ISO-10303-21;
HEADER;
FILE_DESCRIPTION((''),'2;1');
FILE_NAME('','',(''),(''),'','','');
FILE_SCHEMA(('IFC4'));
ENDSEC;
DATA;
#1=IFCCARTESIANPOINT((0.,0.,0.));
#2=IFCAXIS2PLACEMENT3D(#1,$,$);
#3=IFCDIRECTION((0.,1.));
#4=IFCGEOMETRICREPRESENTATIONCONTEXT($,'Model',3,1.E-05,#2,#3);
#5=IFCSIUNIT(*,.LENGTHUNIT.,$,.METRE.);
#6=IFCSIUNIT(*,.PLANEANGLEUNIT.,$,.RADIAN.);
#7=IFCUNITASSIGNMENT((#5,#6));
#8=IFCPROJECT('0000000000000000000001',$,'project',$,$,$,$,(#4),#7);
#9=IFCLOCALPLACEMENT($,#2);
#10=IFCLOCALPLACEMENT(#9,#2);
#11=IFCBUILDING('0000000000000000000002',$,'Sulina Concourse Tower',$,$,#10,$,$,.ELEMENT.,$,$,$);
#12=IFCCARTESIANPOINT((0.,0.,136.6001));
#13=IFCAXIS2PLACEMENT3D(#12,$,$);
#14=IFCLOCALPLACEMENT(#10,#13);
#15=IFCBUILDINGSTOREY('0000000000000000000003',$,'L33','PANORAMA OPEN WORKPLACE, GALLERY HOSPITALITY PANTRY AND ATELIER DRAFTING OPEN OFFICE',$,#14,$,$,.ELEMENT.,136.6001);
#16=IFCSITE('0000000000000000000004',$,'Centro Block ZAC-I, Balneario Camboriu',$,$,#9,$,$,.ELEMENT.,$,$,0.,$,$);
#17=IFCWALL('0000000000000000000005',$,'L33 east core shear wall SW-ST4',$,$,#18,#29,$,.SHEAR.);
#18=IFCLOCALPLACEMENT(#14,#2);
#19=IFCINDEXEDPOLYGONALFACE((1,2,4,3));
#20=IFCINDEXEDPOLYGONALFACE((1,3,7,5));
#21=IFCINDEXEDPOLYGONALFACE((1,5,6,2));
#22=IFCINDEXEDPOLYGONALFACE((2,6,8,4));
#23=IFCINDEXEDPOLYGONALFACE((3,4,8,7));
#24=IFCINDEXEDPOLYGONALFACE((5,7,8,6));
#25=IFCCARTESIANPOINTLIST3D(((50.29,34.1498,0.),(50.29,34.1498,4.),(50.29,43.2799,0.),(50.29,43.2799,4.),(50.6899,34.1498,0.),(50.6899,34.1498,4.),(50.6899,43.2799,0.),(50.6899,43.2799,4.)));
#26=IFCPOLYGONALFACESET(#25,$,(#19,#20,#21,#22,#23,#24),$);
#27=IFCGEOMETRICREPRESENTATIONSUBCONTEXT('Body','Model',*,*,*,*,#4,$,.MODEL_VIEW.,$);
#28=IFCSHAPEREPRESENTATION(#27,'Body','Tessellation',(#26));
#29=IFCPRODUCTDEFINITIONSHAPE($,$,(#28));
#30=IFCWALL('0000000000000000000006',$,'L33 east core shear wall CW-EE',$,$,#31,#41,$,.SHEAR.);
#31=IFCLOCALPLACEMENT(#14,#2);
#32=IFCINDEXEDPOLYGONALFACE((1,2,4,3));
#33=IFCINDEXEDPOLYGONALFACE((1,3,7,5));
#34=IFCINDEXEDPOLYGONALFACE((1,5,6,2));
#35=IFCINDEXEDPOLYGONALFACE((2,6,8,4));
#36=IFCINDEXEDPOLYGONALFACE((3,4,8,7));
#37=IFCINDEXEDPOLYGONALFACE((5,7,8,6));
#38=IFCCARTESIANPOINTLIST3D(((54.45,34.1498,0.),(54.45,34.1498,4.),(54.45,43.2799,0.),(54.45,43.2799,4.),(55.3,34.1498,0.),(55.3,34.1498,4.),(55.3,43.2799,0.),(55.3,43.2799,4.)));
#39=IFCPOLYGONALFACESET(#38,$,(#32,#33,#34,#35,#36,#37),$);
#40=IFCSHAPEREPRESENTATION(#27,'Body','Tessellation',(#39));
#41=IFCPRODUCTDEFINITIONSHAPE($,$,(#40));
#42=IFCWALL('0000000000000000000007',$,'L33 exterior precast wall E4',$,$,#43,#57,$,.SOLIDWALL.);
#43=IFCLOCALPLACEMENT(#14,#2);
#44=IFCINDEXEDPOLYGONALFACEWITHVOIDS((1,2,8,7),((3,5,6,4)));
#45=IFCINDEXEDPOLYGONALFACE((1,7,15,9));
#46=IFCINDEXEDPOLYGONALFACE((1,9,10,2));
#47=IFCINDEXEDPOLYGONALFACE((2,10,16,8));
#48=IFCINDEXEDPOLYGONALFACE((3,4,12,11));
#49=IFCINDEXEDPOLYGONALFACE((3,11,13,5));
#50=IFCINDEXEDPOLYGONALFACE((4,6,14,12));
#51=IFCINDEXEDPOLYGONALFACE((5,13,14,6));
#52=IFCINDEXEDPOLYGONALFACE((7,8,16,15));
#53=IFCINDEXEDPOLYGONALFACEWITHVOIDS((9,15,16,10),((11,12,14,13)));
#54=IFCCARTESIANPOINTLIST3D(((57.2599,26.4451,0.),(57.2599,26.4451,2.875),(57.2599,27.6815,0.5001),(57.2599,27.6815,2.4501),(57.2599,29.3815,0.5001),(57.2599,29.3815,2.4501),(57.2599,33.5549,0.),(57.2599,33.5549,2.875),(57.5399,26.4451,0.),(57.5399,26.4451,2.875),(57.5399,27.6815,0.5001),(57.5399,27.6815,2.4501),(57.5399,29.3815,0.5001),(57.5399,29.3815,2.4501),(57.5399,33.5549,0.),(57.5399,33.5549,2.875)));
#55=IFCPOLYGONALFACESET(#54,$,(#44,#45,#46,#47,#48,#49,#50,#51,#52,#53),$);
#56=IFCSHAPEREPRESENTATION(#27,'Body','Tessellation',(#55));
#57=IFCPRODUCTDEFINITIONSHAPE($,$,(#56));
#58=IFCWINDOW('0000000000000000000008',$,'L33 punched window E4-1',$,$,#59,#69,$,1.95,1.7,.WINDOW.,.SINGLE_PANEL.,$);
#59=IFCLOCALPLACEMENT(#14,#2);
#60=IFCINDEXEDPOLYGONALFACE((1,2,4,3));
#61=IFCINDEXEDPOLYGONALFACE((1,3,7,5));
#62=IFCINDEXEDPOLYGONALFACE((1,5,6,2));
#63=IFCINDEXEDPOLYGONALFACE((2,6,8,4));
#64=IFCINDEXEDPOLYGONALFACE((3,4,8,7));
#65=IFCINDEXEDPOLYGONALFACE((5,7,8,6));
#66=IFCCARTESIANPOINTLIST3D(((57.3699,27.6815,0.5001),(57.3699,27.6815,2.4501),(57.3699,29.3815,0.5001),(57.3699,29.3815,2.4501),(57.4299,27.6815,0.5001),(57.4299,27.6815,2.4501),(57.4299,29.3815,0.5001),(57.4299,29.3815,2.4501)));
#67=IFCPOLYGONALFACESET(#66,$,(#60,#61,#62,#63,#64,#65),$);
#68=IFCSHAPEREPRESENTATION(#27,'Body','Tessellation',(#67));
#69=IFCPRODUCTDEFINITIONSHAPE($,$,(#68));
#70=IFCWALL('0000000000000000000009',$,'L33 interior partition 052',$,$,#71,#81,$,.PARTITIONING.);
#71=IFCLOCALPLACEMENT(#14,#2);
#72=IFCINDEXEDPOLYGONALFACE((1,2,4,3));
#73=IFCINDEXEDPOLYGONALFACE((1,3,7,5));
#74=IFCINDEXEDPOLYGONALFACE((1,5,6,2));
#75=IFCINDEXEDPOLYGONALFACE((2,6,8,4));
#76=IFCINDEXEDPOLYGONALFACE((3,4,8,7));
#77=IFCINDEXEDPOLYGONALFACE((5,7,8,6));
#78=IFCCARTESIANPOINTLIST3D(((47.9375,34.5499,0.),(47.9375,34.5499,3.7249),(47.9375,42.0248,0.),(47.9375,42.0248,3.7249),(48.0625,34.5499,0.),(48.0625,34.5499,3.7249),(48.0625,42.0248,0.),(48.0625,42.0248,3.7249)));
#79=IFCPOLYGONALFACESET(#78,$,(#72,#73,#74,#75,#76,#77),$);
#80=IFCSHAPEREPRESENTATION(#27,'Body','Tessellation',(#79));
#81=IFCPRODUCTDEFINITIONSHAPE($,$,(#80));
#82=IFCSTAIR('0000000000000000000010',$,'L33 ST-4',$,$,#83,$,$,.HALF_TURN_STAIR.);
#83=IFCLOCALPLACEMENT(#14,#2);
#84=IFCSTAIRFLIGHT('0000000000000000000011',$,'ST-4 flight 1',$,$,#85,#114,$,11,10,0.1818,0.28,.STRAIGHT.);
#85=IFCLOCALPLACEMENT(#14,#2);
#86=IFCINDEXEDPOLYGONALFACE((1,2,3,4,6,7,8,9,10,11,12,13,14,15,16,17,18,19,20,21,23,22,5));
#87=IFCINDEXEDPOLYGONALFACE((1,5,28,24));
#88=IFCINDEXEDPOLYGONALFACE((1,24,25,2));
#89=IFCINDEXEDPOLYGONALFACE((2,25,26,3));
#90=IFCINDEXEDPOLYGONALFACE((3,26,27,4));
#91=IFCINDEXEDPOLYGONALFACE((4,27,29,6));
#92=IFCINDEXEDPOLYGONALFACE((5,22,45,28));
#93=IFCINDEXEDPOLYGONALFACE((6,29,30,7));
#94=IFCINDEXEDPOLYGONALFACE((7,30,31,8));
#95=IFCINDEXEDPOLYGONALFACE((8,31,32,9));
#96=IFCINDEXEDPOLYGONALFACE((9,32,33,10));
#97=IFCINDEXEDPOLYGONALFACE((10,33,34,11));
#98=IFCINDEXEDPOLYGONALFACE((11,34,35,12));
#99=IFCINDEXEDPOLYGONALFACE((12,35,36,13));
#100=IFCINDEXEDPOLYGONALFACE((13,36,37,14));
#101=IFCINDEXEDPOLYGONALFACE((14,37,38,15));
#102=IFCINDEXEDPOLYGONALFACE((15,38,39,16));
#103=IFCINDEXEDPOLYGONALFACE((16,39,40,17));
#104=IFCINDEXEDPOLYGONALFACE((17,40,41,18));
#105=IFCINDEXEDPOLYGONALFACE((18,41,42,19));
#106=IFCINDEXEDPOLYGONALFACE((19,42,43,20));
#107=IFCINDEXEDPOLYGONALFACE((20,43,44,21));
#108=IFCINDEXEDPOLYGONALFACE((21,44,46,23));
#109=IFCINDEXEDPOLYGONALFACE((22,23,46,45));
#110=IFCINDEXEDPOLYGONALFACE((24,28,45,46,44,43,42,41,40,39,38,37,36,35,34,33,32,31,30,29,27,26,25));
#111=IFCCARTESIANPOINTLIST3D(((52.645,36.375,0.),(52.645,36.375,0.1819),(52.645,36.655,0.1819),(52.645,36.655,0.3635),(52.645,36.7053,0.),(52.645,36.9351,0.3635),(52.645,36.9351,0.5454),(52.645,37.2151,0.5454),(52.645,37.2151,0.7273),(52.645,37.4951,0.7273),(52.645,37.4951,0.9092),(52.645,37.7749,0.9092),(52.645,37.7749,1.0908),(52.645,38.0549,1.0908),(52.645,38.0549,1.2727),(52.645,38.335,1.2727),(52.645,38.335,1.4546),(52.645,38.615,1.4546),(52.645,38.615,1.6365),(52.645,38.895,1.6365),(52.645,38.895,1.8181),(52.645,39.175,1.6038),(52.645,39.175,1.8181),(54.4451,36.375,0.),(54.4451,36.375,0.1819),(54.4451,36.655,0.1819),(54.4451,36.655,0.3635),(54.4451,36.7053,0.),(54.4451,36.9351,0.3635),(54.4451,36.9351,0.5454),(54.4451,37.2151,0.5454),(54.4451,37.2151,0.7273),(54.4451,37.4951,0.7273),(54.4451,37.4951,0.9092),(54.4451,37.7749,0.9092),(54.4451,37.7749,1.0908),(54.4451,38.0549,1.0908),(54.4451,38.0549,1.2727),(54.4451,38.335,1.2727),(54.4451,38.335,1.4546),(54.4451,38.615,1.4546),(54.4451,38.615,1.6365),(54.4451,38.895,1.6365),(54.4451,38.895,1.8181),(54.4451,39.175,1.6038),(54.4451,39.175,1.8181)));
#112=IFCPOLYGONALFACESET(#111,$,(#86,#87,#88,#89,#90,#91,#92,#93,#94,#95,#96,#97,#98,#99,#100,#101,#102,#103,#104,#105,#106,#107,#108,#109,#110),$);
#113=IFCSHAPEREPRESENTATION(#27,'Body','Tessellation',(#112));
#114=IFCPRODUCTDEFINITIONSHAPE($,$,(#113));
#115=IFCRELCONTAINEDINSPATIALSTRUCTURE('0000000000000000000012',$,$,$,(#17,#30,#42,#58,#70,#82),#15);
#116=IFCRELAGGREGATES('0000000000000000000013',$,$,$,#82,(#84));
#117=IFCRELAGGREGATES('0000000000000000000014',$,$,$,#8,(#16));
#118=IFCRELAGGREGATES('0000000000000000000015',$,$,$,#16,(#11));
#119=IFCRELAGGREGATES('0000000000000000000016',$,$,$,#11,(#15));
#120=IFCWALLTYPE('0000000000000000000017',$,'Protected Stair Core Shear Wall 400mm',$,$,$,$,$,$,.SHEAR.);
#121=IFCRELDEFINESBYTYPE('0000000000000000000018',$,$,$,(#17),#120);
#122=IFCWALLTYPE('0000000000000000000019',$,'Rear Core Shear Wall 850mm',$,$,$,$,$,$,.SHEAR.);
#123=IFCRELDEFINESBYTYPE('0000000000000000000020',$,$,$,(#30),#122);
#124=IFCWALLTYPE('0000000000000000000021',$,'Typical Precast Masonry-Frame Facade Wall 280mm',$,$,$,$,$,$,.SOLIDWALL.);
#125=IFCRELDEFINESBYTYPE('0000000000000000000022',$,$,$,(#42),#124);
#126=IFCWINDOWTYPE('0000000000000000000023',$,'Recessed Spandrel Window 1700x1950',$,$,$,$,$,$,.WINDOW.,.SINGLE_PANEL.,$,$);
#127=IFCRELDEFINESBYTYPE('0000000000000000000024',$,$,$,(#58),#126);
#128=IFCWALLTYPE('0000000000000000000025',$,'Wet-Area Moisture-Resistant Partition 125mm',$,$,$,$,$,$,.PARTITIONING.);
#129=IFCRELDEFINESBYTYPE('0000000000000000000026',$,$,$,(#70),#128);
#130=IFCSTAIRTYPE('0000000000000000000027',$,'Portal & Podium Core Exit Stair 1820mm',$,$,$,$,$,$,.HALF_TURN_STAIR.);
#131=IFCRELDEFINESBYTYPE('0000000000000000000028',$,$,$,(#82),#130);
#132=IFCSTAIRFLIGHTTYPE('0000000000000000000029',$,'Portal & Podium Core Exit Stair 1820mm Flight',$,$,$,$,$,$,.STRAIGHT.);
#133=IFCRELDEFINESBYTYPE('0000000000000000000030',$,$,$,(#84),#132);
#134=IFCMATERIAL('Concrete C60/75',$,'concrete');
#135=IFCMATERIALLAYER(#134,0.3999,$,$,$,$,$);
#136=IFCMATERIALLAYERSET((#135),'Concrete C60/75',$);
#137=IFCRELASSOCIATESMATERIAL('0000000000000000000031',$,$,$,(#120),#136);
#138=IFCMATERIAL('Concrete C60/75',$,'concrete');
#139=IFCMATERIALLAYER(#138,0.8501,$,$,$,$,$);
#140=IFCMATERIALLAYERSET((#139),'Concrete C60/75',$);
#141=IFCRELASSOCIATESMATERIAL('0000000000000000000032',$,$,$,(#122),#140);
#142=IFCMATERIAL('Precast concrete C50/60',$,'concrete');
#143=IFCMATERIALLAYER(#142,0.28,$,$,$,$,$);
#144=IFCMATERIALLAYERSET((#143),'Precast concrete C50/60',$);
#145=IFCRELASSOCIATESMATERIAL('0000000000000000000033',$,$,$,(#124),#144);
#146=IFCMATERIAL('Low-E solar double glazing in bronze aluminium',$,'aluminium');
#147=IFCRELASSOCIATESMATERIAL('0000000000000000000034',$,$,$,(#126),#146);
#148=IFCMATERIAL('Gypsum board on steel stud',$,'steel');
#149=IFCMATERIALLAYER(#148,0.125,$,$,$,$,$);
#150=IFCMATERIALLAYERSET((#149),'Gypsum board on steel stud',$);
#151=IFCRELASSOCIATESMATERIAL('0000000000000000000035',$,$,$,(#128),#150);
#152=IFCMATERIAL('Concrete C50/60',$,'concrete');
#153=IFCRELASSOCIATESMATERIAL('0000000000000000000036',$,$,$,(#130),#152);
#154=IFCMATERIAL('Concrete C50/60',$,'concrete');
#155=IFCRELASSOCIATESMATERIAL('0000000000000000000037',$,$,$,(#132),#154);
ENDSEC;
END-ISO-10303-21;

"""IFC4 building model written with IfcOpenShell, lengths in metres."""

from ifc_helpers import new_model, si_unit, direction, frame, frame_2d, origin, place, context, subcontext, project, spatial, polyline, rectangle, outline, extrude, material, layer, layer_set, type_object, element, fill, aggregate, save


model = new_model("IFC4")

# Units and contexts
model_context = context("Model", 3, precision=1e-05, world=origin(), true_north=direction((0.0, 1.0)))
body_context = subcontext(model_context, "Body", "Model", "MODEL_VIEW")
ifc_project = project(units=[si_unit("LENGTHUNIT", "METRE"), si_unit("PLANEANGLEUNIT", "RADIAN")], contexts=[model_context])

# Site, building, storey
site_placement = place(None, origin())
site = spatial("IfcSite", under=ifc_project, at=site_placement, Name="Centro Block ZAC-I, Balneario Camboriu", CompositionType="ELEMENT", RefElevation=0.0)
building_placement = place(site_placement, origin())
building = spatial("IfcBuilding", under=site, at=building_placement, Name="Sulina Concourse Tower", CompositionType="ELEMENT")
storey_placement = place(building_placement, frame((0.0, 0.0, 136.6001)))
storey = spatial("IfcBuildingStorey", under=building, at=storey_placement, Name="L33", Description="PANORAMA OPEN WORKPLACE, GALLERY HOSPITALITY PANTRY AND ATELIER DRAFTING OPEN OFFICE", CompositionType="ELEMENT", Elevation=136.6001)

# Shared definitions
ifc_material_1 = material(Name="Concrete C60/75", Category="concrete")
ifc_layer_1 = layer(ifc_material_1, 0.3999)
ifc_layer_set_1 = layer_set([ifc_layer_1], Name="Concrete C60/75")
wall_type_1 = type_object("IfcWallType", Name="Protected Stair Core Shear Wall 400mm", PredefinedType="SHEAR", material=ifc_layer_set_1)

# Walls
wall_1_placement = place(storey_placement, frame((50.49, 34.1499, 0.0), z_axis=(0.0, 0.0, 1.0), x_axis=(0.0, 1.0, 0.0)))
element("IfcWall", 1, at=wall_1_placement, inside=storey, type_object=wall_type_1, Name="L33 east core shear wall SW-ST4", PredefinedType="SHEAR", context=body_context, shape_type="SweptSolid", body=[
    extrude(rectangle(XDim=9.1301, YDim=0.3999, at=frame_2d((4.5649, 0.0))), origin(), (0.0, 0.0, 1.0), 4.0),
])
ifc_material_2 = material(Name="Concrete C60/75", Category="concrete")
ifc_layer_2 = layer(ifc_material_2, 0.8501)
ifc_layer_set_2 = layer_set([ifc_layer_2], Name="Concrete C60/75")
wall_type_2 = type_object("IfcWallType", Name="Rear Core Shear Wall 850mm", PredefinedType="SHEAR", material=ifc_layer_set_2)
wall_2_placement = place(storey_placement, frame((54.875, 34.1499, 0.0), z_axis=(0.0, 0.0, 1.0), x_axis=(0.0, 1.0, 0.0)))
element("IfcWall", 2, at=wall_2_placement, inside=storey, type_object=wall_type_2, Name="L33 east core shear wall CW-EE", PredefinedType="SHEAR", context=body_context, shape_type="SweptSolid", body=[
    extrude(rectangle(XDim=9.1301, YDim=0.8501, at=frame_2d((4.5649, 0.0))), origin(), (0.0, 0.0, 1.0), 4.0),
])

# Wall, opening, window
ifc_material_3 = material(Name="Precast concrete C50/60", Category="concrete")
ifc_layer_3 = layer(ifc_material_3, 0.28)
ifc_layer_set_3 = layer_set([ifc_layer_3], Name="Precast concrete C50/60")
wall_type_3 = type_object("IfcWallType", Name="Typical Precast Masonry-Frame Facade Wall 280mm", PredefinedType="SOLIDWALL", material=ifc_layer_set_3)
wall_3_placement = place(storey_placement, frame((57.3999, 33.5549, 0.0), z_axis=(0.0, 0.0, 1.0), x_axis=(0.0, -1.0, 0.0)))
wall_3 = element("IfcWall", 3, at=wall_3_placement, inside=storey, type_object=wall_type_3, Name="L33 exterior precast wall E4", PredefinedType="SOLIDWALL", context=body_context, shape_type="SweptSolid", body=[
    extrude(rectangle(XDim=7.1099, YDim=0.28, at=frame_2d((3.5549, 0.0))), origin(), (0.0, 0.0, 1.0), 2.875),
])
opening_1_placement = place(wall_3_placement, frame((4.1733, 0.0, 0.5)))
opening_1 = element("IfcOpeningElement", 4, at=opening_1_placement, cuts=wall_3, PredefinedType="OPENING", context=body_context, shape_type="SweptSolid", body=[
    extrude(rectangle(XDim=1.7, YDim=1.95, at=frame_2d((0.8501, 0.9751))), frame((0.0, 0.1499, 0.0), z_axis=(0.0, -1.0, 0.0), x_axis=(1.0, 0.0, 0.0)), (0.0, 0.0, 1.0), 0.3),
])
ifc_material_4 = material(Name="Low-E solar double glazing in bronze aluminium", Category="aluminium")
window_type = type_object("IfcWindowType", Name="Recessed Spandrel Window 1700x1950", PartitioningType="SINGLE_PANEL", PredefinedType="WINDOW", material=ifc_material_4)
window_placement = place(opening_1_placement, origin())
window = element("IfcWindow", 5, at=window_placement, inside=storey, type_object=window_type, Name="L33 punched window E4-1", OverallHeight=1.95, OverallWidth=1.7, PartitioningType="SINGLE_PANEL", PredefinedType="WINDOW", context=body_context, shape_type="SweptSolid", body=[
    extrude(rectangle(XDim=1.7, YDim=1.95, at=frame_2d((0.8501, 0.9751))), frame((0.0, 0.03, 0.0), z_axis=(0.0, -1.0, 0.0), x_axis=(1.0, 0.0, 0.0)), (0.0, 0.0, 1.0), 0.0601),
])
fill(opening_1, window)

# Wall
ifc_material_5 = material(Name="Gypsum board on steel stud", Category="steel")
ifc_layer_4 = layer(ifc_material_5, 0.125)
ifc_layer_set_4 = layer_set([ifc_layer_4], Name="Gypsum board on steel stud")
wall_type_4 = type_object("IfcWallType", Name="Wet-Area Moisture-Resistant Partition 125mm", PredefinedType="PARTITIONING", material=ifc_layer_set_4)
wall_4_placement = place(storey_placement, frame((48.0, 34.55, 0.0), z_axis=(0.0, 0.0, 1.0), x_axis=(0.0, 1.0, 0.0)))
element("IfcWall", 6, at=wall_4_placement, inside=storey, type_object=wall_type_4, Name="L33 interior partition 052", PredefinedType="PARTITIONING", context=body_context, shape_type="SweptSolid", body=[
    extrude(rectangle(XDim=7.4749, YDim=0.125, at=frame_2d((3.7373, 0.0))), origin(), (0.0, 0.0, 1.0), 3.7249),
])

# Stair, stair flight
ifc_material_6 = material(Name="Concrete C50/60", Category="concrete")
stair_type = type_object("IfcStairType", Name="Portal & Podium Core Exit Stair 1820mm", PredefinedType="HALF_TURN_STAIR", material=ifc_material_6)
stair_placement = place(storey_placement, origin())
stair = element("IfcStair", 7, at=stair_placement, inside=storey, type_object=stair_type, Name="L33 ST-4", PredefinedType="HALF_TURN_STAIR")
ifc_material_7 = material(Name="Concrete C50/60", Category="concrete")
stair_flight_type = type_object("IfcStairFlightType", Name="Portal & Podium Core Exit Stair 1820mm Flight", PredefinedType="STRAIGHT", material=ifc_material_7)
stair_flight_placement = place(storey_placement, frame((53.5449, 36.375, 0.0), z_axis=(0.0, 0.0, 1.0), x_axis=(0.0, 1.0, 0.0)))
stair_flight = element("IfcStairFlight", 8, at=stair_flight_placement, type_object=stair_flight_type, Name="ST-4 flight 1", NumberOfRisers=11, NumberOfTreads=10, PredefinedType="STRAIGHT", RiserHeight=0.1818, TreadLength=0.28, context=body_context, shape_type="SweptSolid", body=[
    extrude(outline(polyline([(0.0, 0.0), (0.0, 0.1819), (0.28, 0.1819), (0.28, 0.3635), (0.5601, 0.3635), (0.5601, 0.5454), (0.8401, 0.5454), (0.8401, 0.7273), (1.1201, 0.7273), (1.1201, 0.9092), (1.3999, 0.9092), (1.3999, 1.0908), (1.6799, 1.0908), (1.6799, 1.2727), (1.96, 1.2727), (1.96, 1.4546), (2.24, 1.4546), (2.24, 1.6365), (2.52, 1.6365), (2.52, 1.8181), (2.8, 1.8181), (2.8, 2.0), (2.8, 1.6038), (0.3303, 0.0), (0.0, 0.0)])), frame((0.0, 0.8999, 0.0), z_axis=(0.0, -1.0, 0.0), x_axis=(1.0, 0.0, 0.0)), (0.0, 0.0, 1.0), 1.8),
])
aggregate(stair, [stair_flight])

save(model, "model.ifc")
